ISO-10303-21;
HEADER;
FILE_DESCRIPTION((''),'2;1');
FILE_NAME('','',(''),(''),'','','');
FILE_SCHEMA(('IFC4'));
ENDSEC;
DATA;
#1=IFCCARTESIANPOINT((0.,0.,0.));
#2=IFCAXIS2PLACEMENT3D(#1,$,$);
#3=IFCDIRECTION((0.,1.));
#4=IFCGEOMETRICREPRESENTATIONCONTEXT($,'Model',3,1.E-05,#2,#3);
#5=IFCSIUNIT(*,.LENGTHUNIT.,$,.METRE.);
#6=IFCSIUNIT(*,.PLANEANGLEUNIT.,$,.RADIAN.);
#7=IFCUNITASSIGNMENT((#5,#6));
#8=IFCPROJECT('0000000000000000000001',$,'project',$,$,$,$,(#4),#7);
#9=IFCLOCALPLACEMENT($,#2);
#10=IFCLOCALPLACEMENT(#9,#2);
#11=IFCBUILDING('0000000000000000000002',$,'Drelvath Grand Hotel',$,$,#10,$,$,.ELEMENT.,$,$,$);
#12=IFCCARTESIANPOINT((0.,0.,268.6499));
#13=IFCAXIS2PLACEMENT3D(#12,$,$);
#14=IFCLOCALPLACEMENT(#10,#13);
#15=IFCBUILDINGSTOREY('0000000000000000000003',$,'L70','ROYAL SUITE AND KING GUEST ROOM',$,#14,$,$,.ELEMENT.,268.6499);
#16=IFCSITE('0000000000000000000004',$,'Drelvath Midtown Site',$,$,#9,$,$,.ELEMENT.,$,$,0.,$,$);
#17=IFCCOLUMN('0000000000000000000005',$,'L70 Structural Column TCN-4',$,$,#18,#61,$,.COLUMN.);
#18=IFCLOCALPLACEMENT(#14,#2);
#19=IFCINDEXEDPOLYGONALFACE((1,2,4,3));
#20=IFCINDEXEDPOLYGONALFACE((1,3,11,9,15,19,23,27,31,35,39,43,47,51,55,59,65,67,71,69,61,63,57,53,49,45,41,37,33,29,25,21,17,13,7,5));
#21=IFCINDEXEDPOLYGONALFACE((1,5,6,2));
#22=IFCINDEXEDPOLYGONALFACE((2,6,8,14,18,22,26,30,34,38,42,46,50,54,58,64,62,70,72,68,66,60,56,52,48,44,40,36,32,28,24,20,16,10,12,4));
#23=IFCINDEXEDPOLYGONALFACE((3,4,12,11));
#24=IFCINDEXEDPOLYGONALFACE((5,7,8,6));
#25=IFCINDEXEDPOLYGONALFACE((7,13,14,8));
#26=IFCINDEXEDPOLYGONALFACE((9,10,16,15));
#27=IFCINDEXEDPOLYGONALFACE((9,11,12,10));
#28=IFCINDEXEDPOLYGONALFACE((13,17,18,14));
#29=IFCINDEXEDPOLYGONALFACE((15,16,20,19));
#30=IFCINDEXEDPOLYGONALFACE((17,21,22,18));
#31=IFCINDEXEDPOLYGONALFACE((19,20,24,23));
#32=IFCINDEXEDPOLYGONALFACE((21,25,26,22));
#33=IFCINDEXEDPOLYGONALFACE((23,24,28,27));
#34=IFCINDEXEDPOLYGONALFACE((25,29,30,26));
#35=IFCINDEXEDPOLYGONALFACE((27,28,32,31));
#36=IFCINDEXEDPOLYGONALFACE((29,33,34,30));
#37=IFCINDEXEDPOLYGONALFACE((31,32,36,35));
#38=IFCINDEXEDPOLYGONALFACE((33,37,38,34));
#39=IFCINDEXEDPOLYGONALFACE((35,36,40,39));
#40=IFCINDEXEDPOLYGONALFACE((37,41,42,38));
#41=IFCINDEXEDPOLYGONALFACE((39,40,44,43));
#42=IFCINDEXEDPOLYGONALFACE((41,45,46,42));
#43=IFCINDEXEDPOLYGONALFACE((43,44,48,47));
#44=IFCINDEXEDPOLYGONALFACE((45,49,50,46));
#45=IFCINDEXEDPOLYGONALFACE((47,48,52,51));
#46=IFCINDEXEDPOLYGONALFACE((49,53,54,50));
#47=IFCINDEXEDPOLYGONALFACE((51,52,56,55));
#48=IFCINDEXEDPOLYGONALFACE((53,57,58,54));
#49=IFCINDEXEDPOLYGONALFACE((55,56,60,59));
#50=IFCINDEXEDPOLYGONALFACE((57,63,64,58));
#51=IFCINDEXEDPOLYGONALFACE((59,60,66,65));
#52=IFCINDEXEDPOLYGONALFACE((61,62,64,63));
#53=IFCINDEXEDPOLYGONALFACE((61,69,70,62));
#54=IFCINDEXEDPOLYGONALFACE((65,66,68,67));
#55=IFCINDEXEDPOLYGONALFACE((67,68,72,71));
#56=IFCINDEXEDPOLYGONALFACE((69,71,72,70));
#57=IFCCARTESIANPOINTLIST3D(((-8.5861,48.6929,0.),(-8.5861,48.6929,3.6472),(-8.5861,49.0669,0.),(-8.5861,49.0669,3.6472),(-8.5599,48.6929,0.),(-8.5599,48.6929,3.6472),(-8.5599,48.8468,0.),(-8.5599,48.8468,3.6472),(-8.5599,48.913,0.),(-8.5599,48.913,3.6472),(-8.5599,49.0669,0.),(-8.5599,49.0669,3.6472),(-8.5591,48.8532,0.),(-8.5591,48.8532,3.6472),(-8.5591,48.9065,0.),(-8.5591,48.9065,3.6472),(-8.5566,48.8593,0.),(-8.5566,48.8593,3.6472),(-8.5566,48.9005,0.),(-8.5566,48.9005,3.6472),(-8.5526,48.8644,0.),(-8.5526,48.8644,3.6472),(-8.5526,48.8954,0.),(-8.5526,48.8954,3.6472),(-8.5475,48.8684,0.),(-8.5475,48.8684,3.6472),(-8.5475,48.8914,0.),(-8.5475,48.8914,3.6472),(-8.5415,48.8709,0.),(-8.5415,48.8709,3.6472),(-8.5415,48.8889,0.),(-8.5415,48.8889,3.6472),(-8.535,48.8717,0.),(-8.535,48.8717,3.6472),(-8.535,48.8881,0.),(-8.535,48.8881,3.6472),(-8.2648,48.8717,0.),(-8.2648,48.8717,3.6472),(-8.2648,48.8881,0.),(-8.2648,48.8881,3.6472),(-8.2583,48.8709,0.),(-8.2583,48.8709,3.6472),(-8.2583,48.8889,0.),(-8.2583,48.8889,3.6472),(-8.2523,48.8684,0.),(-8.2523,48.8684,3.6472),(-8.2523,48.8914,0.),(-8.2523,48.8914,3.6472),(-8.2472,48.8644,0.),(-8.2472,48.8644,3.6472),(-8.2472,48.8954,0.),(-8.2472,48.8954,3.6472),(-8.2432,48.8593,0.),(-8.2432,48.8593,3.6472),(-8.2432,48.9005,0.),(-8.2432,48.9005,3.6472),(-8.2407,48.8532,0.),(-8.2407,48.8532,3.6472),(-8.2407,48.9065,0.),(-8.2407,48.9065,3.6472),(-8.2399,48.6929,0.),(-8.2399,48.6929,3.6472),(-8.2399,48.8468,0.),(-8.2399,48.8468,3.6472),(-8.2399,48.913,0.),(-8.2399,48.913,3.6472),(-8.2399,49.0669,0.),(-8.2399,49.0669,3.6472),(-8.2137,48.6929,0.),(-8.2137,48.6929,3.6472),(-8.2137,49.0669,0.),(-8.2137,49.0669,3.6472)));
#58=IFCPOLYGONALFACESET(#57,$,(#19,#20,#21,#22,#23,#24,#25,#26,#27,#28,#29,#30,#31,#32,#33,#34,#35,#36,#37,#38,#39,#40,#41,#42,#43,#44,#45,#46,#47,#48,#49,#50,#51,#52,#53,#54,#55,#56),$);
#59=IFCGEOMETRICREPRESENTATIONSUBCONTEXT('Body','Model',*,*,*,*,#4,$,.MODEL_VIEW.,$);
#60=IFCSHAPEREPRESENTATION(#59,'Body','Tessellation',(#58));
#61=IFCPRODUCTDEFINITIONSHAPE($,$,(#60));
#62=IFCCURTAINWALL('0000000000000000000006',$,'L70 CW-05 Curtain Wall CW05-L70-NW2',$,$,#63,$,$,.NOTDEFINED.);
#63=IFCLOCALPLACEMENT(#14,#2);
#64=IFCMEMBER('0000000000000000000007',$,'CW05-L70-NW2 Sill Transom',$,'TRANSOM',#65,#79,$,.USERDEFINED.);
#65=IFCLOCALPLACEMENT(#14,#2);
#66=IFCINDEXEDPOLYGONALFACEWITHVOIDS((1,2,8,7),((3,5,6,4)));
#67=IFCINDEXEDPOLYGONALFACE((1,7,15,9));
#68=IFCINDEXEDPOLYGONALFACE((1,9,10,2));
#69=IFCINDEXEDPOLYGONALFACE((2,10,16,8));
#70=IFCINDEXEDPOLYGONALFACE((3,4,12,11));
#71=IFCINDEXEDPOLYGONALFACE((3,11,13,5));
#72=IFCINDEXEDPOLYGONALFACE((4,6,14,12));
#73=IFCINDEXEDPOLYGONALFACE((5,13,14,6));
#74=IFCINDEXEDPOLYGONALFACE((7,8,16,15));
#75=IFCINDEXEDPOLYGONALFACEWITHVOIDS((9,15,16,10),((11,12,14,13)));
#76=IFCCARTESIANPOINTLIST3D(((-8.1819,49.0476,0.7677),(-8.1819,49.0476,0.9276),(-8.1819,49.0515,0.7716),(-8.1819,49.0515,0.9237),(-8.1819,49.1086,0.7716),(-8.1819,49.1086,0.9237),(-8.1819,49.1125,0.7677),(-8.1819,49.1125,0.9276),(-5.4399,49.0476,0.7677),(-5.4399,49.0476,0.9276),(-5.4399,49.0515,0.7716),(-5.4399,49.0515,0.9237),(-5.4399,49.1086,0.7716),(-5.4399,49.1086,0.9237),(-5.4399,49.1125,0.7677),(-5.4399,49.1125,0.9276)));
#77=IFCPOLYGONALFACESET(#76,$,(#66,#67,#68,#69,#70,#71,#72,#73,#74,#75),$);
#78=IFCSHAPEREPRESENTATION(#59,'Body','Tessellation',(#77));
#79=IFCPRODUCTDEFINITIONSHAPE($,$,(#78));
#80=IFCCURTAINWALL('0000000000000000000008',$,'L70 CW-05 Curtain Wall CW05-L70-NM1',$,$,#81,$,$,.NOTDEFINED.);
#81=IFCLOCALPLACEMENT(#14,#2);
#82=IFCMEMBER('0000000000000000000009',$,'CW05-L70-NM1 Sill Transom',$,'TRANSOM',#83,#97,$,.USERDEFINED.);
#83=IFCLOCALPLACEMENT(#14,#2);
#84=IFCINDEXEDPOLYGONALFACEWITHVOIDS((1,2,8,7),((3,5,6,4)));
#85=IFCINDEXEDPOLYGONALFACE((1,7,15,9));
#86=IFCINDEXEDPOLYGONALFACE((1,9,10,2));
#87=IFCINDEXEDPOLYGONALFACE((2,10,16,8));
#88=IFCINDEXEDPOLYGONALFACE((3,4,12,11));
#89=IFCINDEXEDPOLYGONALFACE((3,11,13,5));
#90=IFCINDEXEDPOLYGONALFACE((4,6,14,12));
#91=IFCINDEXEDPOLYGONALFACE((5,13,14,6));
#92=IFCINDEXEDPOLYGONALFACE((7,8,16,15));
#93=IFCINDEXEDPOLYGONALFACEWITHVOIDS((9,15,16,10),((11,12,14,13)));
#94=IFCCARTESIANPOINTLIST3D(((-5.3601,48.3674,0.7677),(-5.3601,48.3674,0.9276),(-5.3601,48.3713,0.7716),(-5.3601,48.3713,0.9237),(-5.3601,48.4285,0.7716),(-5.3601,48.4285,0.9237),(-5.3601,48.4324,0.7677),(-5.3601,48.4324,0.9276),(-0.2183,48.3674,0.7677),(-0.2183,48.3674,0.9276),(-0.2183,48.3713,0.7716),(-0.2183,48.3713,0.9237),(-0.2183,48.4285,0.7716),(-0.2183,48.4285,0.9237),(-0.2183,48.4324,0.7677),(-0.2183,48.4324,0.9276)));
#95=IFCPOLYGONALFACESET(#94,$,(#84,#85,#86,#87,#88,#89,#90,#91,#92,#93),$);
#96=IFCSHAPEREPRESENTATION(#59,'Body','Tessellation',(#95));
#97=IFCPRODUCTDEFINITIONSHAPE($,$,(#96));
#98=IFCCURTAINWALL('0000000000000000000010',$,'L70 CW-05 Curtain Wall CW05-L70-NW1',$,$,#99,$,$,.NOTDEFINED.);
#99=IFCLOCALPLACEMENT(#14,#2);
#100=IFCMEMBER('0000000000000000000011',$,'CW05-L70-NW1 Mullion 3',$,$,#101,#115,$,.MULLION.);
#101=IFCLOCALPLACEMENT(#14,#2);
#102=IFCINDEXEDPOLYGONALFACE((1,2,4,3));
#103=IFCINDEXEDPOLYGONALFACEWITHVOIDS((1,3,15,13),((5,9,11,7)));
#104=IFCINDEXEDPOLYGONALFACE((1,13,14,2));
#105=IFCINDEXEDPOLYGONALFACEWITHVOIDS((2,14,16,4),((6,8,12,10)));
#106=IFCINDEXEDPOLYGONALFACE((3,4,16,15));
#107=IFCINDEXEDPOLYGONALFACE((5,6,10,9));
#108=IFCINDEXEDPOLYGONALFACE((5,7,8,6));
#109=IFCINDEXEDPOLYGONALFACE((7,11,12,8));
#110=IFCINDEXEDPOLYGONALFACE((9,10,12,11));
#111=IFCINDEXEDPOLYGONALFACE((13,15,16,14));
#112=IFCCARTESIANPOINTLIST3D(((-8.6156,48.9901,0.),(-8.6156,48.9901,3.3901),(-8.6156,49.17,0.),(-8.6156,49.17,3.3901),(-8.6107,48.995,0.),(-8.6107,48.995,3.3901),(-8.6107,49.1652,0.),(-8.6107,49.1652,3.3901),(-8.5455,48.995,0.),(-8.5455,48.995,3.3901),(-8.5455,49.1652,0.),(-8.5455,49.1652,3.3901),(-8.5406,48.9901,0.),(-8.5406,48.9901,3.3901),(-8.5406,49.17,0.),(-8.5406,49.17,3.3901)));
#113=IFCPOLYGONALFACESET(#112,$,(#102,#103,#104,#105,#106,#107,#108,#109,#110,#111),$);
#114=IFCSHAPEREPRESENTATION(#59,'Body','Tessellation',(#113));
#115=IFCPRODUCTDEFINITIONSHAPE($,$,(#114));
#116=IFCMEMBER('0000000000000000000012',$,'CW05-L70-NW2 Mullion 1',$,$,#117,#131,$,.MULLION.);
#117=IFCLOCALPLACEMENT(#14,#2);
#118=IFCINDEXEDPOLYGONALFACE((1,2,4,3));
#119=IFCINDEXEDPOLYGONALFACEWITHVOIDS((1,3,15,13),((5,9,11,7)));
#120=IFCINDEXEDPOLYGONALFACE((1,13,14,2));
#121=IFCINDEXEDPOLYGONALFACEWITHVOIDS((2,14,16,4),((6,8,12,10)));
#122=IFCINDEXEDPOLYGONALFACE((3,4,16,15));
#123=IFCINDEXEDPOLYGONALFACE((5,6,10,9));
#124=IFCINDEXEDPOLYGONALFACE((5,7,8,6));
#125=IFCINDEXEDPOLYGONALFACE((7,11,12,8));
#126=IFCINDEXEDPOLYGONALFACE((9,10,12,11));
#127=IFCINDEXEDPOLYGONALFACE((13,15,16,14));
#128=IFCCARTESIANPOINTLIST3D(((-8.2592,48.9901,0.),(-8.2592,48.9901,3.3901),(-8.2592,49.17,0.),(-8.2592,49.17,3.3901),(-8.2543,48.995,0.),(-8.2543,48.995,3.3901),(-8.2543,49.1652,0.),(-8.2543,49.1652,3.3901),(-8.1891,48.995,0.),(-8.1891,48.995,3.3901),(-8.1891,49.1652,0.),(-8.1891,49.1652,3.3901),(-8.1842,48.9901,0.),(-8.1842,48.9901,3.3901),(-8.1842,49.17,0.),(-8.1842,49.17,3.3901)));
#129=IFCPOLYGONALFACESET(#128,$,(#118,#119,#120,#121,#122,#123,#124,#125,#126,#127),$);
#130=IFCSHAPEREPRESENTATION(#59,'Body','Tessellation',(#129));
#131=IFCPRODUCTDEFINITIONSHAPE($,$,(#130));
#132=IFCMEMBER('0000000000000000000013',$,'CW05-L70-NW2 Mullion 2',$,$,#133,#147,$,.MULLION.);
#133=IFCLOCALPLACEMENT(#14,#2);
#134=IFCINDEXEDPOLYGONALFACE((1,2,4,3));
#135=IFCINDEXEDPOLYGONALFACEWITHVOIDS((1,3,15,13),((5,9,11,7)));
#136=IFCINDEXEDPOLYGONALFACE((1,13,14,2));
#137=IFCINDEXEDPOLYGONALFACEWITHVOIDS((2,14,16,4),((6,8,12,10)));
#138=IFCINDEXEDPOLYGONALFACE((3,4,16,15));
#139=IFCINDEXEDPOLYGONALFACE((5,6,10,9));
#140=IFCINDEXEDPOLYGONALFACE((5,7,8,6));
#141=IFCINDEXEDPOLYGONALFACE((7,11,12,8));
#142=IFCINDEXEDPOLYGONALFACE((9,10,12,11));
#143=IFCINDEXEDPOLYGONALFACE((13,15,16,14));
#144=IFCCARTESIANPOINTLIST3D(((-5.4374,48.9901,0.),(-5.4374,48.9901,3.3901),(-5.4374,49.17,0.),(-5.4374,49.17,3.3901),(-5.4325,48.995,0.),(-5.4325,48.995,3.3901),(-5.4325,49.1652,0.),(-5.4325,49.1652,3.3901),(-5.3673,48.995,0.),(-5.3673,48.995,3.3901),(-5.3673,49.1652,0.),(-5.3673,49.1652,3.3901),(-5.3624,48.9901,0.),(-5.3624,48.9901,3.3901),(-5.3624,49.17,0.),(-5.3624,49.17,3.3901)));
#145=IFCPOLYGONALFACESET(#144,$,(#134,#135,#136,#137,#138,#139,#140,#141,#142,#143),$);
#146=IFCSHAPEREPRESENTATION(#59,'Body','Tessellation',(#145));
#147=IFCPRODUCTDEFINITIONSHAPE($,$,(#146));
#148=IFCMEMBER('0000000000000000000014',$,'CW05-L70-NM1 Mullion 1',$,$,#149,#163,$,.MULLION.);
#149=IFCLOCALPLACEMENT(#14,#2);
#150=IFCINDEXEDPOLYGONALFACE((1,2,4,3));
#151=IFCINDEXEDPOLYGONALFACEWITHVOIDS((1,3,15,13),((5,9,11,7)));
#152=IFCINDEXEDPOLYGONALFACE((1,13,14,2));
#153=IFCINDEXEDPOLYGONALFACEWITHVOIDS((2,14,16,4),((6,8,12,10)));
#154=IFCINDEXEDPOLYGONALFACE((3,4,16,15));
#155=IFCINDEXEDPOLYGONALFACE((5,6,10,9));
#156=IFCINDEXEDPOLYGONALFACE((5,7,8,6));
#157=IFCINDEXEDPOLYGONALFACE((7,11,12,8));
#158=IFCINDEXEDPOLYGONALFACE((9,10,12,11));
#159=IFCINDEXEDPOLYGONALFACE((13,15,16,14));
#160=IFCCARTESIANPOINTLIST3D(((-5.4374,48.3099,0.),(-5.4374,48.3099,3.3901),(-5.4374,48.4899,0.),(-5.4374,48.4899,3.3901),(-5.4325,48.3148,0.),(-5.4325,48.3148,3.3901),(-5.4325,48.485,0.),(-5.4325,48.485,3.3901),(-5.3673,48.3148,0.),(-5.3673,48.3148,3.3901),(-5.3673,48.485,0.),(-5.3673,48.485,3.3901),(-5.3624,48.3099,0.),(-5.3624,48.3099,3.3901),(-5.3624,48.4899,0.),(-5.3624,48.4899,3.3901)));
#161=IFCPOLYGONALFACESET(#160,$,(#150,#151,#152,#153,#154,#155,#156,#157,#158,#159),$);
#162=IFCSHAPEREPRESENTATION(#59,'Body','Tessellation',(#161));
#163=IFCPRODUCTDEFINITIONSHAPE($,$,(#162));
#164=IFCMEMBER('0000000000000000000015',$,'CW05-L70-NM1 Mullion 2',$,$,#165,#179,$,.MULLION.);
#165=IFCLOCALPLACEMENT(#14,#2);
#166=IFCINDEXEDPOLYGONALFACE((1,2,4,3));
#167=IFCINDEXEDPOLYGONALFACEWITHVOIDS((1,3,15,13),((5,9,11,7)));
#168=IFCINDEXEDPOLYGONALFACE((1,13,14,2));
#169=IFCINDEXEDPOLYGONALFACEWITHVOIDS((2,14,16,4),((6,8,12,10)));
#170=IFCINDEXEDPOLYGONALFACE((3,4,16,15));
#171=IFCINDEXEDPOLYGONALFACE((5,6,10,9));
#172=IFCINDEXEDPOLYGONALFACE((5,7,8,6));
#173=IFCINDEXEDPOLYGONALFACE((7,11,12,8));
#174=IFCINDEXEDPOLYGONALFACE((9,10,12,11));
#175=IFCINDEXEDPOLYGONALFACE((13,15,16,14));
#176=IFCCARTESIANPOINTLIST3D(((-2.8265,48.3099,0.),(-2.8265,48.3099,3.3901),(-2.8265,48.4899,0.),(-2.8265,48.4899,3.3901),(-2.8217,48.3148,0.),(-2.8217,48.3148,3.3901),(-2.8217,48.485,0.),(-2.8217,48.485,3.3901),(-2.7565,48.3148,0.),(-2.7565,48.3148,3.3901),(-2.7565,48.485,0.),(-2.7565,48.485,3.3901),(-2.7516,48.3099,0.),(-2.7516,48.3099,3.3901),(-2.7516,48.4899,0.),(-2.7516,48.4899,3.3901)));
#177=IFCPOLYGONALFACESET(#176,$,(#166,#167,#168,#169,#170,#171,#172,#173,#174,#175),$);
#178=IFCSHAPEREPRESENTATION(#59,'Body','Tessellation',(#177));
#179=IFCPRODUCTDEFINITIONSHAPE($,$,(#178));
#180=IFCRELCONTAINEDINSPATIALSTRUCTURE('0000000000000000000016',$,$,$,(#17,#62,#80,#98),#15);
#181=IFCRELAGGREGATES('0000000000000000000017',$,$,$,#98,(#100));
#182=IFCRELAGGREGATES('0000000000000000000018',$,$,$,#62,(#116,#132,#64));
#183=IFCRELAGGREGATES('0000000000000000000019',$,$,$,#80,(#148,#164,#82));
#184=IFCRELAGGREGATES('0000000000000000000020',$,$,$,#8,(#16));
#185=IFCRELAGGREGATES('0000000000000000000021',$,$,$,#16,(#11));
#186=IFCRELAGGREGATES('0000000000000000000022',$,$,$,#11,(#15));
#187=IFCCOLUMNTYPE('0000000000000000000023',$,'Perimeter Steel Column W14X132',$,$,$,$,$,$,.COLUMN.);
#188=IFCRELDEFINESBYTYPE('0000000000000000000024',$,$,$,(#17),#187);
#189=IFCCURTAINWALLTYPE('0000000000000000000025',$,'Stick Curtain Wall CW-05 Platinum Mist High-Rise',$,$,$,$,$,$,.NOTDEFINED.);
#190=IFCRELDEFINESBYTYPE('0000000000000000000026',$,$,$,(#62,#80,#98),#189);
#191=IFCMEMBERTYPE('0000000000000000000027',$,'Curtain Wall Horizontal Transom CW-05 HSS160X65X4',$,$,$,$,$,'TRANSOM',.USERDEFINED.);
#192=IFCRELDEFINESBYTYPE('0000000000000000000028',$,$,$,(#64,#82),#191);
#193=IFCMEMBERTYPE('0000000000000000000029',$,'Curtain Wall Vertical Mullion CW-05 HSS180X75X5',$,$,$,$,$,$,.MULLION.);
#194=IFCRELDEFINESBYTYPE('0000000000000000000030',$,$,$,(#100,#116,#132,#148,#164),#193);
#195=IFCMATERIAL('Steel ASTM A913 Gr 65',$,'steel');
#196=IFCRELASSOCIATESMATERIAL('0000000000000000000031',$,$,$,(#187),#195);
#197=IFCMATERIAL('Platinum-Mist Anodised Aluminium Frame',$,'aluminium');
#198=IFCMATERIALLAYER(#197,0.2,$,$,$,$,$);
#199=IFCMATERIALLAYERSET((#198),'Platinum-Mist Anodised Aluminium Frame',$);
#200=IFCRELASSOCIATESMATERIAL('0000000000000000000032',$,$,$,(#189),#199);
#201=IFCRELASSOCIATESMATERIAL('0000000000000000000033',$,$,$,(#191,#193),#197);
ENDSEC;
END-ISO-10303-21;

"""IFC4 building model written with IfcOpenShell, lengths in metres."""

from ifc_helpers import new_model, si_unit, direction, frame, origin, origin_2d, place, context, subcontext, project, spatial, hollow_rectangle, i_section, extrude, material, layer, layer_set, material_profile, profile_set, type_object, element, aggregate, save


model = new_model("IFC4")

# Units and contexts
model_context = context("Model", 3, precision=1e-05, world=origin(), true_north=direction((0.0, 1.0)))
body_context = subcontext(model_context, "Body", "Model", "MODEL_VIEW")
ifc_project = project(units=[si_unit("LENGTHUNIT", "METRE"), si_unit("PLANEANGLEUNIT", "RADIAN")], contexts=[model_context])

# Site, building, storey
site_placement = place(None, origin())
site = spatial("IfcSite", under=ifc_project, at=site_placement, Name="Drelvath Midtown Site", CompositionType="ELEMENT", RefElevation=0.0)
building_placement = place(site_placement, origin())
building = spatial("IfcBuilding", under=site, at=building_placement, Name="Drelvath Grand Hotel", CompositionType="ELEMENT")
storey_placement = place(building_placement, frame((0.0, 0.0, 268.6499)))
storey = spatial("IfcBuildingStorey", under=building, at=storey_placement, Name="L70", Description="ROYAL SUITE AND KING GUEST ROOM", CompositionType="ELEMENT", Elevation=268.6499)

# Column
ifc_material_1 = material(Name="Steel ASTM A913 Gr 65", Category="steel")
ifc_material_profile_1 = material_profile(ifc_material_1, i_section(OverallWidth=0.374, OverallDepth=0.3723, WebThickness=0.0164, FlangeThickness=0.0261, FilletRadius=0.0249, at=origin_2d()), Name="W14X132")
ifc_profile_set_1 = profile_set([ifc_material_profile_1], Name="Steel ASTM A913 Gr 65")
column_type = type_object("IfcColumnType", Name="Perimeter Steel Column W14X132", PredefinedType="COLUMN", material=ifc_profile_set_1)
column_placement = place(storey_placement, frame((-8.3999, 48.8799, 0.0), z_axis=(0.0, 0.0, 1.0), x_axis=(0.0, 1.0, 0.0)))
element("IfcColumn", 1, at=column_placement, inside=storey, type_object=column_type, Name="L70 Structural Column TCN-4", PredefinedType="COLUMN", context=body_context, shape_type="SweptSolid", body=[
    extrude(i_section(OverallWidth=0.374, OverallDepth=0.3723, WebThickness=0.0164, FlangeThickness=0.0261, FilletRadius=0.0249, at=origin_2d()), origin(), (0.0, 0.0, 1.0), 3.6472),
])

# Curtain walls, members
ifc_material_2 = material(Name="Platinum-Mist Anodised Aluminium Frame", Category="aluminium")
ifc_layer_1 = layer(ifc_material_2, 0.2)
ifc_layer_set_1 = layer_set([ifc_layer_1], Name="Platinum-Mist Anodised Aluminium Frame")
curtain_wall_type = type_object("IfcCurtainWallType", Name="Stick Curtain Wall CW-05 Platinum Mist High-Rise", PredefinedType="NOTDEFINED", material=ifc_layer_set_1)
curtain_wall_1_placement = place(storey_placement, origin())
curtain_wall_1 = element("IfcCurtainWall", 2, at=curtain_wall_1_placement, inside=storey, type_object=curtain_wall_type, Name="L70 CW-05 Curtain Wall CW05-L70-NW2", PredefinedType="NOTDEFINED")
ifc_material_profile_2 = material_profile(ifc_material_2, hollow_rectangle(XDim=0.0649, YDim=0.1599, WallThickness=0.0039, at=origin_2d()), Name="HSS160X65X4")
ifc_profile_set_2 = profile_set([ifc_material_profile_2], Name="Platinum-Mist Anodised Aluminium Frame")
member_type_1 = type_object("IfcMemberType", Name="Curtain Wall Horizontal Transom CW-05 HSS160X65X4", ElementType="TRANSOM", PredefinedType="USERDEFINED", material=ifc_profile_set_2)
member_1_placement = place(storey_placement, frame((-8.1819, 49.0801, 0.8477), z_axis=(1.0, 0.0, 0.0), x_axis=(0.0, 1.0, 0.0)))
member_1 = element("IfcMember", 3, at=member_1_placement, type_object=member_type_1, Name="CW05-L70-NW2 Sill Transom", ObjectType="TRANSOM", PredefinedType="USERDEFINED", context=body_context, shape_type="SweptSolid", body=[
    extrude(hollow_rectangle(XDim=0.0649, YDim=0.1599, WallThickness=0.0039, at=origin_2d()), origin(), (0.0, 0.0, 1.0), 2.7419),
])
curtain_wall_2_placement = place(storey_placement, origin())
curtain_wall_2 = element("IfcCurtainWall", 4, at=curtain_wall_2_placement, inside=storey, type_object=curtain_wall_type, Name="L70 CW-05 Curtain Wall CW05-L70-NM1", PredefinedType="NOTDEFINED")
member_2_placement = place(storey_placement, frame((-5.3601, 48.3999, 0.8477), z_axis=(1.0, 0.0, 0.0), x_axis=(0.0, 1.0, 0.0)))
member_2 = element("IfcMember", 5, at=member_2_placement, type_object=member_type_1, Name="CW05-L70-NM1 Sill Transom", ObjectType="TRANSOM", PredefinedType="USERDEFINED", context=body_context, shape_type="SweptSolid", body=[
    extrude(hollow_rectangle(XDim=0.0649, YDim=0.1599, WallThickness=0.0039, at=origin_2d()), origin(), (0.0, 0.0, 1.0), 5.1418),
])
curtain_wall_3_placement = place(storey_placement, origin())
curtain_wall_3 = element("IfcCurtainWall", 6, at=curtain_wall_3_placement, inside=storey, type_object=curtain_wall_type, Name="L70 CW-05 Curtain Wall CW05-L70-NW1", PredefinedType="NOTDEFINED")
ifc_material_profile_3 = material_profile(ifc_material_2, hollow_rectangle(XDim=0.075, YDim=0.1799, WallThickness=0.0049, at=origin_2d()), Name="HSS180X75X5")
ifc_profile_set_3 = profile_set([ifc_material_profile_3], Name="Platinum-Mist Anodised Aluminium Frame")
member_type_2 = type_object("IfcMemberType", Name="Curtain Wall Vertical Mullion CW-05 HSS180X75X5", PredefinedType="MULLION", material=ifc_profile_set_3)
member_3_placement = place(storey_placement, frame((-8.5781, 49.0801, 0.0), z_axis=(0.0, 0.0, 1.0), x_axis=(1.0, 0.0, 0.0)))
member_3 = element("IfcMember", 7, at=member_3_placement, type_object=member_type_2, Name="CW05-L70-NW1 Mullion 3", PredefinedType="MULLION", context=body_context, shape_type="SweptSolid", body=[
    extrude(hollow_rectangle(XDim=0.075, YDim=0.1799, WallThickness=0.0049, at=origin_2d()), origin(), (0.0, 0.0, 1.0), 3.3901),
])

# Members
member_4_placement = place(storey_placement, frame((-8.2217, 49.0801, 0.0), z_axis=(0.0, 0.0, 1.0), x_axis=(1.0, 0.0, 0.0)))
member_4 = element("IfcMember", 8, at=member_4_placement, type_object=member_type_2, Name="CW05-L70-NW2 Mullion 1", PredefinedType="MULLION", context=body_context, shape_type="SweptSolid", body=[
    extrude(hollow_rectangle(XDim=0.075, YDim=0.1799, WallThickness=0.0049, at=origin_2d()), origin(), (0.0, 0.0, 1.0), 3.3901),
])
member_5_placement = place(storey_placement, frame((-5.3999, 49.0801, 0.0), z_axis=(0.0, 0.0, 1.0), x_axis=(1.0, 0.0, 0.0)))
member_5 = element("IfcMember", 9, at=member_5_placement, type_object=member_type_2, Name="CW05-L70-NW2 Mullion 2", PredefinedType="MULLION", context=body_context, shape_type="SweptSolid", body=[
    extrude(hollow_rectangle(XDim=0.075, YDim=0.1799, WallThickness=0.0049, at=origin_2d()), origin(), (0.0, 0.0, 1.0), 3.3901),
])
member_6_placement = place(storey_placement, frame((-5.3999, 48.3999, 0.0), z_axis=(0.0, 0.0, 1.0), x_axis=(1.0, 0.0, 0.0)))
member_6 = element("IfcMember", 10, at=member_6_placement, type_object=member_type_2, Name="CW05-L70-NM1 Mullion 1", PredefinedType="MULLION", context=body_context, shape_type="SweptSolid", body=[
    extrude(hollow_rectangle(XDim=0.075, YDim=0.1799, WallThickness=0.0049, at=origin_2d()), origin(), (0.0, 0.0, 1.0), 3.3901),
])
member_7_placement = place(storey_placement, frame((-2.7891, 48.3999, 0.0), z_axis=(0.0, 0.0, 1.0), x_axis=(1.0, 0.0, 0.0)))
member_7 = element("IfcMember", 11, at=member_7_placement, type_object=member_type_2, Name="CW05-L70-NM1 Mullion 2", PredefinedType="MULLION", context=body_context, shape_type="SweptSolid", body=[
    extrude(hollow_rectangle(XDim=0.075, YDim=0.1799, WallThickness=0.0049, at=origin_2d()), origin(), (0.0, 0.0, 1.0), 3.3901),
])

aggregate(curtain_wall_3, [member_3])
aggregate(curtain_wall_1, [member_4, member_5, member_1])
aggregate(curtain_wall_2, [member_6, member_7, member_2])

save(model, "model.ifc")
